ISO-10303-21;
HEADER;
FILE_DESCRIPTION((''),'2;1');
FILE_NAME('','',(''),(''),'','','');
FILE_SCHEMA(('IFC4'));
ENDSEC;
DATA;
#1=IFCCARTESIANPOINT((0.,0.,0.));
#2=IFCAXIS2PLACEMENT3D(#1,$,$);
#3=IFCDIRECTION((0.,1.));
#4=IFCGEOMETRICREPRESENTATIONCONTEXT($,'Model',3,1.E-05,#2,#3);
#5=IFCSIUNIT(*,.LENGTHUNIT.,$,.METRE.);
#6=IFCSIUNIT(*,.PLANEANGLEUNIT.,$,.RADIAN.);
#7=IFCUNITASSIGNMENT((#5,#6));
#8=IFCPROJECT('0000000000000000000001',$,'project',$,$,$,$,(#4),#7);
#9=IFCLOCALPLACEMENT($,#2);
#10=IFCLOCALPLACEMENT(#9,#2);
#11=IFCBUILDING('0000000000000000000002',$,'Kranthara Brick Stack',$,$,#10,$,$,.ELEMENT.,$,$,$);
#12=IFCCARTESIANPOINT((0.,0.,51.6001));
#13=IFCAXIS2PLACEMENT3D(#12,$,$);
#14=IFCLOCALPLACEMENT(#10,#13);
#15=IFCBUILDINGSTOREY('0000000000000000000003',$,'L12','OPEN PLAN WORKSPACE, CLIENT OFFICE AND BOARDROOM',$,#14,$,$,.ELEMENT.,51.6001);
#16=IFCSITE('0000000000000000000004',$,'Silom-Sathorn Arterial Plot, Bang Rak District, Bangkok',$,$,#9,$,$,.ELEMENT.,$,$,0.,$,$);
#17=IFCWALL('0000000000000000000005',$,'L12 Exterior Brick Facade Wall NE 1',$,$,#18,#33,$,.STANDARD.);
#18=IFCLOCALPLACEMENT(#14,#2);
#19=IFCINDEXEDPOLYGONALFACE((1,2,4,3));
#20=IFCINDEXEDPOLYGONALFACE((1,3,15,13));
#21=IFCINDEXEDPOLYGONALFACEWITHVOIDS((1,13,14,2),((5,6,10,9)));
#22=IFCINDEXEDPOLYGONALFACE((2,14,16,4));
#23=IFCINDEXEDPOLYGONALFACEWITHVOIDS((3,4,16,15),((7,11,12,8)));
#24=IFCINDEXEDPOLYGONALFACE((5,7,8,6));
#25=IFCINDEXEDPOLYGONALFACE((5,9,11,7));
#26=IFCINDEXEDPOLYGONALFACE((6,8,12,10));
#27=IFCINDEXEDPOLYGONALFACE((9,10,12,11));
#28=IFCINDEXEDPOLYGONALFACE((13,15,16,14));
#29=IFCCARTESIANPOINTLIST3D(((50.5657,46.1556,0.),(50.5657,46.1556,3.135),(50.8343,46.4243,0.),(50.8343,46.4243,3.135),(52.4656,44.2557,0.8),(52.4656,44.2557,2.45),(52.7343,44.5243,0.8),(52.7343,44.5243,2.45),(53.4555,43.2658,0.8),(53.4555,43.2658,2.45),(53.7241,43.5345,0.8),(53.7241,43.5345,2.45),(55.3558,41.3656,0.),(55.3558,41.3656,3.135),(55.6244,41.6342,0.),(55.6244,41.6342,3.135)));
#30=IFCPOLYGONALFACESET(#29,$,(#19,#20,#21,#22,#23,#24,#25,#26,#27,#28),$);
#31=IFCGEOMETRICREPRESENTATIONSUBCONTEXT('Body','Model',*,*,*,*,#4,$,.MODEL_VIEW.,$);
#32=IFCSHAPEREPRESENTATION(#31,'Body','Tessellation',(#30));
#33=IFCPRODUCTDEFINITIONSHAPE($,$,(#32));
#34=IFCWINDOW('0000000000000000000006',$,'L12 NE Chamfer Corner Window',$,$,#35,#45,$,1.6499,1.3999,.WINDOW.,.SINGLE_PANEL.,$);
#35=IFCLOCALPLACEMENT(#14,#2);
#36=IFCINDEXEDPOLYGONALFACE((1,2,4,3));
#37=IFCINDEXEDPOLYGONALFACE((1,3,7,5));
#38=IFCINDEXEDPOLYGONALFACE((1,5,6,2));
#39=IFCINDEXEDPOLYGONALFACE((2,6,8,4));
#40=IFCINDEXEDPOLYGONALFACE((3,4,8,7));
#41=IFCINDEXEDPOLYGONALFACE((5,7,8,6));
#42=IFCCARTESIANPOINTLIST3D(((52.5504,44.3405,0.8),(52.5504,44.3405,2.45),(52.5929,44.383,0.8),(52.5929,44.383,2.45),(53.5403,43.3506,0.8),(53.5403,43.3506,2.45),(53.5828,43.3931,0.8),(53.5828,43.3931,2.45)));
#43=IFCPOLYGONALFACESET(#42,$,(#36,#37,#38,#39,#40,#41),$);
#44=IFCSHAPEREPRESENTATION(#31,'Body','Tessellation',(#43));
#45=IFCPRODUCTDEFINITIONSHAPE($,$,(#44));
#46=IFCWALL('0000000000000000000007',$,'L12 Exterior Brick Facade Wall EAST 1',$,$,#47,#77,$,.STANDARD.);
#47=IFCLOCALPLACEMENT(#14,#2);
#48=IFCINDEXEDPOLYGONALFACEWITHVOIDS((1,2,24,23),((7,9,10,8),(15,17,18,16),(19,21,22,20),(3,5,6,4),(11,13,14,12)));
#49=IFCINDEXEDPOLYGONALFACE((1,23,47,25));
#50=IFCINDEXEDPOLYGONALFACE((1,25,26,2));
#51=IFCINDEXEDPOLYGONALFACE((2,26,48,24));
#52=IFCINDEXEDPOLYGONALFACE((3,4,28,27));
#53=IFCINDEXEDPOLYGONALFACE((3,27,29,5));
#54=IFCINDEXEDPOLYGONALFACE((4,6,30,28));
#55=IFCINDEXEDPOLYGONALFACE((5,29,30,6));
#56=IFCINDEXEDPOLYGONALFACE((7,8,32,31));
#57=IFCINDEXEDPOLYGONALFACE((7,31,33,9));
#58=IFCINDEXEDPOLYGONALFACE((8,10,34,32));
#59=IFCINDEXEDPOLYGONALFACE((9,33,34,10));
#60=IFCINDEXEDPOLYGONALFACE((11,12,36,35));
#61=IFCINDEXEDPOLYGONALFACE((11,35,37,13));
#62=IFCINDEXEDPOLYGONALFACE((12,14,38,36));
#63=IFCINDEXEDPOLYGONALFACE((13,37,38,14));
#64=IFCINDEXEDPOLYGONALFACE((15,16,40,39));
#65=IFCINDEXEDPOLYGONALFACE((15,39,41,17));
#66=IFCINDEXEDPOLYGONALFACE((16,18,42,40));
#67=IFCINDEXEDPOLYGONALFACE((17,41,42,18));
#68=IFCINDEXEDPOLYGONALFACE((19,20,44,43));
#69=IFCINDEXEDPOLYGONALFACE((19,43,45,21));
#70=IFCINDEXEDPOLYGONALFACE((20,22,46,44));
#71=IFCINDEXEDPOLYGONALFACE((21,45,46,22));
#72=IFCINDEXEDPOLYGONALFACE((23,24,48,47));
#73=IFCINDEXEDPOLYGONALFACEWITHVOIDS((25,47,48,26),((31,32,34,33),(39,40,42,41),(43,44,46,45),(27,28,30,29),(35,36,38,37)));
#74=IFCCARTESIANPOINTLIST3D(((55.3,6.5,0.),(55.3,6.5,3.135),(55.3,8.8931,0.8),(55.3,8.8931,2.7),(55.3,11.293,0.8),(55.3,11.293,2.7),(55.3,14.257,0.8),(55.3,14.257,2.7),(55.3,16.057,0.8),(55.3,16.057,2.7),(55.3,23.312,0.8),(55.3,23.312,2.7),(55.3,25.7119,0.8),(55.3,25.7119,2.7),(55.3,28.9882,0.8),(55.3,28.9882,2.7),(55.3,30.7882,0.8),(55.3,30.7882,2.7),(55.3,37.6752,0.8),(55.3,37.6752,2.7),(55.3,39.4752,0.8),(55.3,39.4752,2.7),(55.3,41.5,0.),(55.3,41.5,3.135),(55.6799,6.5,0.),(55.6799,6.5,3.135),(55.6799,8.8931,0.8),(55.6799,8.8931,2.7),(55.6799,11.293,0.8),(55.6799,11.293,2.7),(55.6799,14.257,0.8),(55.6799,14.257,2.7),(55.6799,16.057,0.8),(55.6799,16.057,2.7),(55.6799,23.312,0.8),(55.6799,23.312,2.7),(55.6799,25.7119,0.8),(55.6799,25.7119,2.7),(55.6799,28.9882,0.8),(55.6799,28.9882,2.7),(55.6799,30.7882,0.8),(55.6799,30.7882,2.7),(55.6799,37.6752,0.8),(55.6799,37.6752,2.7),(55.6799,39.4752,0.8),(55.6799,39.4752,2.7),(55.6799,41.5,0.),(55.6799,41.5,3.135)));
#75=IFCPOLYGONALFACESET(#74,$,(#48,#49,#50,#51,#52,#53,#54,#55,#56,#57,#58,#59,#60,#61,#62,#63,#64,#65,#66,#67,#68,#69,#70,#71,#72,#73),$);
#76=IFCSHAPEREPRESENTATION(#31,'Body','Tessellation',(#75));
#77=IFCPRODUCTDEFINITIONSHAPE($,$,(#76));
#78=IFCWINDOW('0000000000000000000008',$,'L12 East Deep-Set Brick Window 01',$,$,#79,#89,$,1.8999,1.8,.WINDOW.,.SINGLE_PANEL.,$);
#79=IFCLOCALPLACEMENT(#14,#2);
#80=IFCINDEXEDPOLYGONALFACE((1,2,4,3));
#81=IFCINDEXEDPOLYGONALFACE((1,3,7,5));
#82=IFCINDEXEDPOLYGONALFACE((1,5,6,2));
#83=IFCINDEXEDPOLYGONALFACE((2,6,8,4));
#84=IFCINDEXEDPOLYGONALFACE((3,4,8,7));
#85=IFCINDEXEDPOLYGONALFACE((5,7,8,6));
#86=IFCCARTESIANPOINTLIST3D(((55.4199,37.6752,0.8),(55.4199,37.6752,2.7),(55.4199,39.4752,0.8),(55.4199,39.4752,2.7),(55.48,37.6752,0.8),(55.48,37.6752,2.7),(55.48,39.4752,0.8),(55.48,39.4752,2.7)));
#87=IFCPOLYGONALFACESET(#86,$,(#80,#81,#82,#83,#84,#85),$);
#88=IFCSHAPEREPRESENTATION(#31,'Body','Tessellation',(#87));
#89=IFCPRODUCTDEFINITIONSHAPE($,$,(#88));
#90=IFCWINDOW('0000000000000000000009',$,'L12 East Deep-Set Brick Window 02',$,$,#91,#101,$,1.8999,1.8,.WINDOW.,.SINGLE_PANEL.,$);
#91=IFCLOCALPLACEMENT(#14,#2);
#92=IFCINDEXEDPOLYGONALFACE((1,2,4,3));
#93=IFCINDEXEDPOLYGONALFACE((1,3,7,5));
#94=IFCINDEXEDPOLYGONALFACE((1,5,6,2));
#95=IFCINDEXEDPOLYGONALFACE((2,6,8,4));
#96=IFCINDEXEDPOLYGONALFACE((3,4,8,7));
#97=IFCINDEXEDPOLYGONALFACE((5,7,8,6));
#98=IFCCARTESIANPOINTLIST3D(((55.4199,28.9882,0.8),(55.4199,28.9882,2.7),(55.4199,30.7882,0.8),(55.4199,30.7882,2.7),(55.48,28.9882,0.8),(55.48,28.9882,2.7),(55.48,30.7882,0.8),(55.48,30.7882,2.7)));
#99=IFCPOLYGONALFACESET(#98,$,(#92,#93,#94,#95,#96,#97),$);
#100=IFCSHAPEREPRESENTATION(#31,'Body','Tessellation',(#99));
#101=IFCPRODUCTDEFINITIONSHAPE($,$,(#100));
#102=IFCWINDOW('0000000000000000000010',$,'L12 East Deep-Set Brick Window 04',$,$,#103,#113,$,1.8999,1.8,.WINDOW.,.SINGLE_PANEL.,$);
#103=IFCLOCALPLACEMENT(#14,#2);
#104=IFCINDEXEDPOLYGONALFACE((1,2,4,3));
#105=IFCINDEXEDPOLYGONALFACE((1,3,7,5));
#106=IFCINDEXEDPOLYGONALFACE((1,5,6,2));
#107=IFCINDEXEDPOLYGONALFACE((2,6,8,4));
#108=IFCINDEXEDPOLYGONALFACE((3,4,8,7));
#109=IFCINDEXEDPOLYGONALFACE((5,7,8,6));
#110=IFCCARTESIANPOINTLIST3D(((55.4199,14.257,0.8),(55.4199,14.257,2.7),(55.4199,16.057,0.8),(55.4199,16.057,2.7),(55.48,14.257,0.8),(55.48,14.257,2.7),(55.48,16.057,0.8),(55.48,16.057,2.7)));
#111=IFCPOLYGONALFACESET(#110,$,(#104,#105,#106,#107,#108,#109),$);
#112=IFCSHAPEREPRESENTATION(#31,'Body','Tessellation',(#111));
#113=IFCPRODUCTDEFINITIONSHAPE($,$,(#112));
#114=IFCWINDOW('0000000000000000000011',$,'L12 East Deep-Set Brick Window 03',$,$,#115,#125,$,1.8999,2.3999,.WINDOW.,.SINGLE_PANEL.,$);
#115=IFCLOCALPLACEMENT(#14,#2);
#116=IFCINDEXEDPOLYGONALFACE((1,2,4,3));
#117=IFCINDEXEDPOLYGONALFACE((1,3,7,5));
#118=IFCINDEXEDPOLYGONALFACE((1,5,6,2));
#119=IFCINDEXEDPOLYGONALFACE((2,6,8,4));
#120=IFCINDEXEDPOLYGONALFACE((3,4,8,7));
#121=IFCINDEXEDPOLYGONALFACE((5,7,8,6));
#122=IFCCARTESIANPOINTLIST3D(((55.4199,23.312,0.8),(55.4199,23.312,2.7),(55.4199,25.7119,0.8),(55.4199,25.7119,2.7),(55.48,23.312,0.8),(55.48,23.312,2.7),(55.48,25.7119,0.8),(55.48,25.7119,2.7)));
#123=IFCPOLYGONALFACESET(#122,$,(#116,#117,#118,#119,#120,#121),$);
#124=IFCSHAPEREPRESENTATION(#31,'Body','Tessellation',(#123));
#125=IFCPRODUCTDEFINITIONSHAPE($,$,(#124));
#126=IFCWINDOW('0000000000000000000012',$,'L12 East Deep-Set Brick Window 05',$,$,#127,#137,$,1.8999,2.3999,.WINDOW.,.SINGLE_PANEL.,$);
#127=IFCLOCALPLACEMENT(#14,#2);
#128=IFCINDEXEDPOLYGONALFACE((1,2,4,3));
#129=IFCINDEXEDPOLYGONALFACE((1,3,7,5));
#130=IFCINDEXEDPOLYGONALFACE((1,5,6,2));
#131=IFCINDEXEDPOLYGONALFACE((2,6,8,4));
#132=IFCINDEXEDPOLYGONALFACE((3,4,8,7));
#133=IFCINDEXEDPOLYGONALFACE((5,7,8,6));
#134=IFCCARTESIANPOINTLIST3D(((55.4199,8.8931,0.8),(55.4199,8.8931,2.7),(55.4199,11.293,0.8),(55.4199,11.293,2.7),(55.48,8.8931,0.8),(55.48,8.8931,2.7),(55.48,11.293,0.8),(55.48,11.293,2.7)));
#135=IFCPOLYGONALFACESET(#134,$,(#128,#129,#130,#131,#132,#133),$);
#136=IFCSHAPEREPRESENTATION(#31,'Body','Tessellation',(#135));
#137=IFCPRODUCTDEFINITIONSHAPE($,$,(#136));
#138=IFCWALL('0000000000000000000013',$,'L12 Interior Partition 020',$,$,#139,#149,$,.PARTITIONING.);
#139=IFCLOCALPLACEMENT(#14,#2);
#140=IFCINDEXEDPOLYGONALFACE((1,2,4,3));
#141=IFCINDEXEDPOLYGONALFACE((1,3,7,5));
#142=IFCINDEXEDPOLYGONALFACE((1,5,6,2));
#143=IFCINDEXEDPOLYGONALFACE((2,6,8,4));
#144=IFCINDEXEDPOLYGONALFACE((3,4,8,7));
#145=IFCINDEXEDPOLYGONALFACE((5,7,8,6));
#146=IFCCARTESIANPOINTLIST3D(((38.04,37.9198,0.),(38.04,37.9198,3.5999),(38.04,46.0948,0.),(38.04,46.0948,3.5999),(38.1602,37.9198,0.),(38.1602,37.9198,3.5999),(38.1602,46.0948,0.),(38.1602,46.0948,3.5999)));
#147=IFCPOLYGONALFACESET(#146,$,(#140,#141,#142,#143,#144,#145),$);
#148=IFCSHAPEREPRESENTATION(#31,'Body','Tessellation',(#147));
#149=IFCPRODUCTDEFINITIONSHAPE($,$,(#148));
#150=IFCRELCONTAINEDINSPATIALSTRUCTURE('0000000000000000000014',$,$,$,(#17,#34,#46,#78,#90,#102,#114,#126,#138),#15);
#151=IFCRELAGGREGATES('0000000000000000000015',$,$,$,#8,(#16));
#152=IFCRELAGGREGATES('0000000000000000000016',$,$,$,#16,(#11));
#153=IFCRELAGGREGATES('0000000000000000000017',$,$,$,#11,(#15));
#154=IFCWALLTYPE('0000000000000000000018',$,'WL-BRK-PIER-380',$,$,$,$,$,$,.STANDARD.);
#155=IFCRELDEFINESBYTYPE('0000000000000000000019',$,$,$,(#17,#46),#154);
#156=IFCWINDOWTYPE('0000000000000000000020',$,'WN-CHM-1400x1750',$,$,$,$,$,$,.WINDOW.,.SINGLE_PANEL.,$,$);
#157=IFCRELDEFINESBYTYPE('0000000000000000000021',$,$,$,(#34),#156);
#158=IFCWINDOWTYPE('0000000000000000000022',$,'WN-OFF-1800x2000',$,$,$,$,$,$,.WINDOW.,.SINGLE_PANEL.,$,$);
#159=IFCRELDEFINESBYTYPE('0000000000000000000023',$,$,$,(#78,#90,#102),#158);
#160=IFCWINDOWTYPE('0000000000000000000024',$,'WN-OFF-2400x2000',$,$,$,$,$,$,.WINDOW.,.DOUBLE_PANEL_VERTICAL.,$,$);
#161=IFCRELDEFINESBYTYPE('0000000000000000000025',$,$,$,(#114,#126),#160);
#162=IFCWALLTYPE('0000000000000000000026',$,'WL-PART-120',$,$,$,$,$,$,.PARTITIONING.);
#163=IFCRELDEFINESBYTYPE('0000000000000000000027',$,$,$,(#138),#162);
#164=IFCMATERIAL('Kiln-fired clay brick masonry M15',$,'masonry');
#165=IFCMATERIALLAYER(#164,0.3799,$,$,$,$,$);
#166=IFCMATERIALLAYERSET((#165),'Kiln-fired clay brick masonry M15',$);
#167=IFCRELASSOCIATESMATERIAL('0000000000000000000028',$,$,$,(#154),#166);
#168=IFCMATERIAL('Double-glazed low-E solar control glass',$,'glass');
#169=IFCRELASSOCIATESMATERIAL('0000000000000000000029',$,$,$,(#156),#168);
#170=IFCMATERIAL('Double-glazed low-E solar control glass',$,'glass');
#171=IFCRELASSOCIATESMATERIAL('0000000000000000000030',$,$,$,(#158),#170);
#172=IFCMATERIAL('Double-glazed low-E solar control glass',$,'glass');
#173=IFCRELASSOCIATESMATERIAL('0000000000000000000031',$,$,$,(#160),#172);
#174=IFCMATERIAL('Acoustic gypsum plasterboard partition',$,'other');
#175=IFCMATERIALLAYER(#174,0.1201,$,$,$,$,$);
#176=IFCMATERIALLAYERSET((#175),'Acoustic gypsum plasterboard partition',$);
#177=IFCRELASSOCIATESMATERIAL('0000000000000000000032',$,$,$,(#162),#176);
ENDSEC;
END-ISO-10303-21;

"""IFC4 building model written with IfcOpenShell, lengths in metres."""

from ifc_helpers import new_model, si_unit, direction, frame, frame_2d, origin, place, context, subcontext, project, spatial, rectangle, extrude, material, layer, layer_set, type_object, element, fill, save


model = new_model("IFC4")

# Units and contexts
model_context = context("Model", 3, precision=1e-05, world=origin(), true_north=direction((0.0, 1.0)))
body_context = subcontext(model_context, "Body", "Model", "MODEL_VIEW")
ifc_project = project(units=[si_unit("LENGTHUNIT", "METRE"), si_unit("PLANEANGLEUNIT", "RADIAN")], contexts=[model_context])

# Site, building, storey
site_placement = place(None, origin())
site = spatial("IfcSite", under=ifc_project, at=site_placement, Name="Silom-Sathorn Arterial Plot, Bang Rak District, Bangkok", CompositionType="ELEMENT", RefElevation=0.0)
building_placement = place(site_placement, origin())
building = spatial("IfcBuilding", under=site, at=building_placement, Name="Kranthara Brick Stack", CompositionType="ELEMENT")
storey_placement = place(building_placement, frame((0.0, 0.0, 51.6001)))
storey = spatial("IfcBuildingStorey", under=building, at=storey_placement, Name="L12", Description="OPEN PLAN WORKSPACE, CLIENT OFFICE AND BOARDROOM", CompositionType="ELEMENT", Elevation=51.6001)

# Wall, opening, window
ifc_material_1 = material(Name="Kiln-fired clay brick masonry M15", Category="masonry")
ifc_layer_1 = layer(ifc_material_1, 0.3799)
ifc_layer_set_1 = layer_set([ifc_layer_1], Name="Kiln-fired clay brick masonry M15")
wall_type_1 = type_object("IfcWallType", Name="WL-BRK-PIER-380", PredefinedType="STANDARD", material=ifc_layer_set_1)
wall_1_placement = place(storey_placement, frame((50.7, 46.29, 0.0), z_axis=(0.0, 0.0, 1.0), x_axis=(0.707107, -0.707107, 0.0)))
wall_1 = element("IfcWall", 1, at=wall_1_placement, inside=storey, type_object=wall_type_1, Name="L12 Exterior Brick Facade Wall NE 1", PredefinedType="STANDARD", context=body_context, shape_type="SweptSolid", body=[
    extrude(rectangle(XDim=6.7742, YDim=0.3799, at=frame_2d((3.3872, 0.0))), origin(), (0.0, 0.0, 1.0), 3.135),
])
opening_1_placement = place(wall_1_placement, frame((2.687, 0.0, 0.8)))
opening_1 = element("IfcOpeningElement", 2, at=opening_1_placement, cuts=wall_1, PredefinedType="OPENING", context=body_context, shape_type="SweptSolid", body=[
    extrude(rectangle(XDim=1.3999, YDim=1.6499, at=frame_2d((0.7, 0.825))), frame((0.0, 0.2, 0.0), z_axis=(0.0, -1.0, 0.0), x_axis=(1.0, 0.0, 0.0)), (0.0, 0.0, 1.0), 0.3999),
])
ifc_material_2 = material(Name="Double-glazed low-E solar control glass", Category="glass")
window_type_1 = type_object("IfcWindowType", Name="WN-CHM-1400x1750", PartitioningType="SINGLE_PANEL", PredefinedType="WINDOW", material=ifc_material_2)
window_1_placement = place(opening_1_placement, origin())
window_1 = element("IfcWindow", 3, at=window_1_placement, inside=storey, type_object=window_type_1, Name="L12 NE Chamfer Corner Window", OverallHeight=1.6499, OverallWidth=1.3999, PartitioningType="SINGLE_PANEL", PredefinedType="WINDOW", context=body_context, shape_type="SweptSolid", body=[
    extrude(rectangle(XDim=1.3999, YDim=1.6499, at=frame_2d((0.7, 0.825))), frame((0.0, -0.01, 0.0), z_axis=(0.0, -1.0, 0.0), x_axis=(1.0, 0.0, 0.0)), (0.0, 0.0, 1.0), 0.0601),
])
fill(opening_1, window_1)

# Wall, openings, windows
wall_2_placement = place(storey_placement, frame((55.49, 41.5, 0.0), z_axis=(0.0, 0.0, 1.0), x_axis=(0.0, -1.0, 0.0)))
wall_2 = element("IfcWall", 4, at=wall_2_placement, inside=storey, type_object=wall_type_1, Name="L12 Exterior Brick Facade Wall EAST 1", PredefinedType="STANDARD", context=body_context, shape_type="SweptSolid", body=[
    extrude(rectangle(XDim=35.0, YDim=0.3799, at=frame_2d((17.5, 0.0))), origin(), (0.0, 0.0, 1.0), 3.135),
])
opening_2_placement = place(wall_2_placement, frame((2.0249, 0.0, 0.8)))
opening_2 = element("IfcOpeningElement", 5, at=opening_2_placement, cuts=wall_2, PredefinedType="OPENING", context=body_context, shape_type="SweptSolid", body=[
    extrude(rectangle(XDim=1.8, YDim=1.8999, at=frame_2d((0.8999, 0.95))), frame((0.0, 0.2, 0.0), z_axis=(0.0, -1.0, 0.0), x_axis=(1.0, 0.0, 0.0)), (0.0, 0.0, 1.0), 0.3999),
])
opening_3_placement = place(wall_2_placement, frame((10.7119, 0.0, 0.8)))
opening_3 = element("IfcOpeningElement", 6, at=opening_3_placement, cuts=wall_2, PredefinedType="OPENING", context=body_context, shape_type="SweptSolid", body=[
    extrude(rectangle(XDim=1.8, YDim=1.8999, at=frame_2d((0.8999, 0.95))), frame((0.0, 0.2, 0.0), z_axis=(0.0, -1.0, 0.0), x_axis=(1.0, 0.0, 0.0)), (0.0, 0.0, 1.0), 0.3999),
])
opening_4_placement = place(wall_2_placement, frame((15.7881, 0.0, 0.8)))
opening_4 = element("IfcOpeningElement", 7, at=opening_4_placement, cuts=wall_2, PredefinedType="OPENING", context=body_context, shape_type="SweptSolid", body=[
    extrude(rectangle(XDim=2.3999, YDim=1.8999, at=frame_2d((1.2, 0.95))), frame((0.0, 0.2, 0.0), z_axis=(0.0, -1.0, 0.0), x_axis=(1.0, 0.0, 0.0)), (0.0, 0.0, 1.0), 0.3999),
])
opening_5_placement = place(wall_2_placement, frame((25.4431, 0.0, 0.8)))
opening_5 = element("IfcOpeningElement", 8, at=opening_5_placement, cuts=wall_2, PredefinedType="OPENING", context=body_context, shape_type="SweptSolid", body=[
    extrude(rectangle(XDim=1.8, YDim=1.8999, at=frame_2d((0.8999, 0.95))), frame((0.0, 0.2, 0.0), z_axis=(0.0, -1.0, 0.0), x_axis=(1.0, 0.0, 0.0)), (0.0, 0.0, 1.0), 0.3999),
])
opening_6_placement = place(wall_2_placement, frame((30.207, 0.0, 0.8)))
opening_6 = element("IfcOpeningElement", 9, at=opening_6_placement, cuts=wall_2, PredefinedType="OPENING", context=body_context, shape_type="SweptSolid", body=[
    extrude(rectangle(XDim=2.3999, YDim=1.8999, at=frame_2d((1.2, 0.95))), frame((0.0, 0.2, 0.0), z_axis=(0.0, -1.0, 0.0), x_axis=(1.0, 0.0, 0.0)), (0.0, 0.0, 1.0), 0.3999),
])
ifc_material_3 = material(Name="Double-glazed low-E solar control glass", Category="glass")
window_type_2 = type_object("IfcWindowType", Name="WN-OFF-1800x2000", PartitioningType="SINGLE_PANEL", PredefinedType="WINDOW", material=ifc_material_3)
window_2_placement = place(opening_2_placement, origin())
window_2 = element("IfcWindow", 10, at=window_2_placement, inside=storey, type_object=window_type_2, Name="L12 East Deep-Set Brick Window 01", OverallHeight=1.8999, OverallWidth=1.8, PartitioningType="SINGLE_PANEL", PredefinedType="WINDOW", context=body_context, shape_type="SweptSolid", body=[
    extrude(rectangle(XDim=1.8, YDim=1.8999, at=frame_2d((0.8999, 0.95))), frame((0.0, -0.01, 0.0), z_axis=(0.0, -1.0, 0.0), x_axis=(1.0, 0.0, 0.0)), (0.0, 0.0, 1.0), 0.0601),
])
fill(opening_2, window_2)
window_3_placement = place(opening_3_placement, origin())
window_3 = element("IfcWindow", 11, at=window_3_placement, inside=storey, type_object=window_type_2, Name="L12 East Deep-Set Brick Window 02", OverallHeight=1.8999, OverallWidth=1.8, PartitioningType="SINGLE_PANEL", PredefinedType="WINDOW", context=body_context, shape_type="SweptSolid", body=[
    extrude(rectangle(XDim=1.8, YDim=1.8999, at=frame_2d((0.8999, 0.95))), frame((0.0, -0.01, 0.0), z_axis=(0.0, -1.0, 0.0), x_axis=(1.0, 0.0, 0.0)), (0.0, 0.0, 1.0), 0.0601),
])
fill(opening_3, window_3)
window_4_placement = place(opening_5_placement, origin())
window_4 = element("IfcWindow", 12, at=window_4_placement, inside=storey, type_object=window_type_2, Name="L12 East Deep-Set Brick Window 04", OverallHeight=1.8999, OverallWidth=1.8, PartitioningType="SINGLE_PANEL", PredefinedType="WINDOW", context=body_context, shape_type="SweptSolid", body=[
    extrude(rectangle(XDim=1.8, YDim=1.8999, at=frame_2d((0.8999, 0.95))), frame((0.0, -0.01, 0.0), z_axis=(0.0, -1.0, 0.0), x_axis=(1.0, 0.0, 0.0)), (0.0, 0.0, 1.0), 0.0601),
])
fill(opening_5, window_4)
ifc_material_4 = material(Name="Double-glazed low-E solar control glass", Category="glass")
window_type_3 = type_object("IfcWindowType", Name="WN-OFF-2400x2000", PartitioningType="DOUBLE_PANEL_VERTICAL", PredefinedType="WINDOW", material=ifc_material_4)
window_5_placement = place(opening_4_placement, origin())
window_5 = element("IfcWindow", 13, at=window_5_placement, inside=storey, type_object=window_type_3, Name="L12 East Deep-Set Brick Window 03", OverallHeight=1.8999, OverallWidth=2.3999, PartitioningType="SINGLE_PANEL", PredefinedType="WINDOW", context=body_context, shape_type="SweptSolid", body=[
    extrude(rectangle(XDim=2.3999, YDim=1.8999, at=frame_2d((1.2, 0.95))), frame((0.0, -0.01, 0.0), z_axis=(0.0, -1.0, 0.0), x_axis=(1.0, 0.0, 0.0)), (0.0, 0.0, 1.0), 0.0601),
])
fill(opening_4, window_5)
window_6_placement = place(opening_6_placement, origin())
window_6 = element("IfcWindow", 14, at=window_6_placement, inside=storey, type_object=window_type_3, Name="L12 East Deep-Set Brick Window 05", OverallHeight=1.8999, OverallWidth=2.3999, PartitioningType="SINGLE_PANEL", PredefinedType="WINDOW", context=body_context, shape_type="SweptSolid", body=[
    extrude(rectangle(XDim=2.3999, YDim=1.8999, at=frame_2d((1.2, 0.95))), frame((0.0, -0.01, 0.0), z_axis=(0.0, -1.0, 0.0), x_axis=(1.0, 0.0, 0.0)), (0.0, 0.0, 1.0), 0.0601),
])
fill(opening_6, window_6)

# Wall
ifc_material_5 = material(Name="Acoustic gypsum plasterboard partition", Category="other")
ifc_layer_2 = layer(ifc_material_5, 0.1201)
ifc_layer_set_2 = layer_set([ifc_layer_2], Name="Acoustic gypsum plasterboard partition")
wall_type_2 = type_object("IfcWallType", Name="WL-PART-120", PredefinedType="PARTITIONING", material=ifc_layer_set_2)
wall_3_placement = place(storey_placement, frame((38.1001, 37.9199, 0.0), z_axis=(0.0, 0.0, 1.0), x_axis=(0.0, 1.0, 0.0)))
element("IfcWall", 15, at=wall_3_placement, inside=storey, type_object=wall_type_2, Name="L12 Interior Partition 020", PredefinedType="PARTITIONING", context=body_context, shape_type="SweptSolid", body=[
    extrude(rectangle(XDim=8.175, YDim=0.1201, at=frame_2d((4.0874, 0.0))), origin(), (0.0, 0.0, 1.0), 3.5999),
])

save(model, "model.ifc")
